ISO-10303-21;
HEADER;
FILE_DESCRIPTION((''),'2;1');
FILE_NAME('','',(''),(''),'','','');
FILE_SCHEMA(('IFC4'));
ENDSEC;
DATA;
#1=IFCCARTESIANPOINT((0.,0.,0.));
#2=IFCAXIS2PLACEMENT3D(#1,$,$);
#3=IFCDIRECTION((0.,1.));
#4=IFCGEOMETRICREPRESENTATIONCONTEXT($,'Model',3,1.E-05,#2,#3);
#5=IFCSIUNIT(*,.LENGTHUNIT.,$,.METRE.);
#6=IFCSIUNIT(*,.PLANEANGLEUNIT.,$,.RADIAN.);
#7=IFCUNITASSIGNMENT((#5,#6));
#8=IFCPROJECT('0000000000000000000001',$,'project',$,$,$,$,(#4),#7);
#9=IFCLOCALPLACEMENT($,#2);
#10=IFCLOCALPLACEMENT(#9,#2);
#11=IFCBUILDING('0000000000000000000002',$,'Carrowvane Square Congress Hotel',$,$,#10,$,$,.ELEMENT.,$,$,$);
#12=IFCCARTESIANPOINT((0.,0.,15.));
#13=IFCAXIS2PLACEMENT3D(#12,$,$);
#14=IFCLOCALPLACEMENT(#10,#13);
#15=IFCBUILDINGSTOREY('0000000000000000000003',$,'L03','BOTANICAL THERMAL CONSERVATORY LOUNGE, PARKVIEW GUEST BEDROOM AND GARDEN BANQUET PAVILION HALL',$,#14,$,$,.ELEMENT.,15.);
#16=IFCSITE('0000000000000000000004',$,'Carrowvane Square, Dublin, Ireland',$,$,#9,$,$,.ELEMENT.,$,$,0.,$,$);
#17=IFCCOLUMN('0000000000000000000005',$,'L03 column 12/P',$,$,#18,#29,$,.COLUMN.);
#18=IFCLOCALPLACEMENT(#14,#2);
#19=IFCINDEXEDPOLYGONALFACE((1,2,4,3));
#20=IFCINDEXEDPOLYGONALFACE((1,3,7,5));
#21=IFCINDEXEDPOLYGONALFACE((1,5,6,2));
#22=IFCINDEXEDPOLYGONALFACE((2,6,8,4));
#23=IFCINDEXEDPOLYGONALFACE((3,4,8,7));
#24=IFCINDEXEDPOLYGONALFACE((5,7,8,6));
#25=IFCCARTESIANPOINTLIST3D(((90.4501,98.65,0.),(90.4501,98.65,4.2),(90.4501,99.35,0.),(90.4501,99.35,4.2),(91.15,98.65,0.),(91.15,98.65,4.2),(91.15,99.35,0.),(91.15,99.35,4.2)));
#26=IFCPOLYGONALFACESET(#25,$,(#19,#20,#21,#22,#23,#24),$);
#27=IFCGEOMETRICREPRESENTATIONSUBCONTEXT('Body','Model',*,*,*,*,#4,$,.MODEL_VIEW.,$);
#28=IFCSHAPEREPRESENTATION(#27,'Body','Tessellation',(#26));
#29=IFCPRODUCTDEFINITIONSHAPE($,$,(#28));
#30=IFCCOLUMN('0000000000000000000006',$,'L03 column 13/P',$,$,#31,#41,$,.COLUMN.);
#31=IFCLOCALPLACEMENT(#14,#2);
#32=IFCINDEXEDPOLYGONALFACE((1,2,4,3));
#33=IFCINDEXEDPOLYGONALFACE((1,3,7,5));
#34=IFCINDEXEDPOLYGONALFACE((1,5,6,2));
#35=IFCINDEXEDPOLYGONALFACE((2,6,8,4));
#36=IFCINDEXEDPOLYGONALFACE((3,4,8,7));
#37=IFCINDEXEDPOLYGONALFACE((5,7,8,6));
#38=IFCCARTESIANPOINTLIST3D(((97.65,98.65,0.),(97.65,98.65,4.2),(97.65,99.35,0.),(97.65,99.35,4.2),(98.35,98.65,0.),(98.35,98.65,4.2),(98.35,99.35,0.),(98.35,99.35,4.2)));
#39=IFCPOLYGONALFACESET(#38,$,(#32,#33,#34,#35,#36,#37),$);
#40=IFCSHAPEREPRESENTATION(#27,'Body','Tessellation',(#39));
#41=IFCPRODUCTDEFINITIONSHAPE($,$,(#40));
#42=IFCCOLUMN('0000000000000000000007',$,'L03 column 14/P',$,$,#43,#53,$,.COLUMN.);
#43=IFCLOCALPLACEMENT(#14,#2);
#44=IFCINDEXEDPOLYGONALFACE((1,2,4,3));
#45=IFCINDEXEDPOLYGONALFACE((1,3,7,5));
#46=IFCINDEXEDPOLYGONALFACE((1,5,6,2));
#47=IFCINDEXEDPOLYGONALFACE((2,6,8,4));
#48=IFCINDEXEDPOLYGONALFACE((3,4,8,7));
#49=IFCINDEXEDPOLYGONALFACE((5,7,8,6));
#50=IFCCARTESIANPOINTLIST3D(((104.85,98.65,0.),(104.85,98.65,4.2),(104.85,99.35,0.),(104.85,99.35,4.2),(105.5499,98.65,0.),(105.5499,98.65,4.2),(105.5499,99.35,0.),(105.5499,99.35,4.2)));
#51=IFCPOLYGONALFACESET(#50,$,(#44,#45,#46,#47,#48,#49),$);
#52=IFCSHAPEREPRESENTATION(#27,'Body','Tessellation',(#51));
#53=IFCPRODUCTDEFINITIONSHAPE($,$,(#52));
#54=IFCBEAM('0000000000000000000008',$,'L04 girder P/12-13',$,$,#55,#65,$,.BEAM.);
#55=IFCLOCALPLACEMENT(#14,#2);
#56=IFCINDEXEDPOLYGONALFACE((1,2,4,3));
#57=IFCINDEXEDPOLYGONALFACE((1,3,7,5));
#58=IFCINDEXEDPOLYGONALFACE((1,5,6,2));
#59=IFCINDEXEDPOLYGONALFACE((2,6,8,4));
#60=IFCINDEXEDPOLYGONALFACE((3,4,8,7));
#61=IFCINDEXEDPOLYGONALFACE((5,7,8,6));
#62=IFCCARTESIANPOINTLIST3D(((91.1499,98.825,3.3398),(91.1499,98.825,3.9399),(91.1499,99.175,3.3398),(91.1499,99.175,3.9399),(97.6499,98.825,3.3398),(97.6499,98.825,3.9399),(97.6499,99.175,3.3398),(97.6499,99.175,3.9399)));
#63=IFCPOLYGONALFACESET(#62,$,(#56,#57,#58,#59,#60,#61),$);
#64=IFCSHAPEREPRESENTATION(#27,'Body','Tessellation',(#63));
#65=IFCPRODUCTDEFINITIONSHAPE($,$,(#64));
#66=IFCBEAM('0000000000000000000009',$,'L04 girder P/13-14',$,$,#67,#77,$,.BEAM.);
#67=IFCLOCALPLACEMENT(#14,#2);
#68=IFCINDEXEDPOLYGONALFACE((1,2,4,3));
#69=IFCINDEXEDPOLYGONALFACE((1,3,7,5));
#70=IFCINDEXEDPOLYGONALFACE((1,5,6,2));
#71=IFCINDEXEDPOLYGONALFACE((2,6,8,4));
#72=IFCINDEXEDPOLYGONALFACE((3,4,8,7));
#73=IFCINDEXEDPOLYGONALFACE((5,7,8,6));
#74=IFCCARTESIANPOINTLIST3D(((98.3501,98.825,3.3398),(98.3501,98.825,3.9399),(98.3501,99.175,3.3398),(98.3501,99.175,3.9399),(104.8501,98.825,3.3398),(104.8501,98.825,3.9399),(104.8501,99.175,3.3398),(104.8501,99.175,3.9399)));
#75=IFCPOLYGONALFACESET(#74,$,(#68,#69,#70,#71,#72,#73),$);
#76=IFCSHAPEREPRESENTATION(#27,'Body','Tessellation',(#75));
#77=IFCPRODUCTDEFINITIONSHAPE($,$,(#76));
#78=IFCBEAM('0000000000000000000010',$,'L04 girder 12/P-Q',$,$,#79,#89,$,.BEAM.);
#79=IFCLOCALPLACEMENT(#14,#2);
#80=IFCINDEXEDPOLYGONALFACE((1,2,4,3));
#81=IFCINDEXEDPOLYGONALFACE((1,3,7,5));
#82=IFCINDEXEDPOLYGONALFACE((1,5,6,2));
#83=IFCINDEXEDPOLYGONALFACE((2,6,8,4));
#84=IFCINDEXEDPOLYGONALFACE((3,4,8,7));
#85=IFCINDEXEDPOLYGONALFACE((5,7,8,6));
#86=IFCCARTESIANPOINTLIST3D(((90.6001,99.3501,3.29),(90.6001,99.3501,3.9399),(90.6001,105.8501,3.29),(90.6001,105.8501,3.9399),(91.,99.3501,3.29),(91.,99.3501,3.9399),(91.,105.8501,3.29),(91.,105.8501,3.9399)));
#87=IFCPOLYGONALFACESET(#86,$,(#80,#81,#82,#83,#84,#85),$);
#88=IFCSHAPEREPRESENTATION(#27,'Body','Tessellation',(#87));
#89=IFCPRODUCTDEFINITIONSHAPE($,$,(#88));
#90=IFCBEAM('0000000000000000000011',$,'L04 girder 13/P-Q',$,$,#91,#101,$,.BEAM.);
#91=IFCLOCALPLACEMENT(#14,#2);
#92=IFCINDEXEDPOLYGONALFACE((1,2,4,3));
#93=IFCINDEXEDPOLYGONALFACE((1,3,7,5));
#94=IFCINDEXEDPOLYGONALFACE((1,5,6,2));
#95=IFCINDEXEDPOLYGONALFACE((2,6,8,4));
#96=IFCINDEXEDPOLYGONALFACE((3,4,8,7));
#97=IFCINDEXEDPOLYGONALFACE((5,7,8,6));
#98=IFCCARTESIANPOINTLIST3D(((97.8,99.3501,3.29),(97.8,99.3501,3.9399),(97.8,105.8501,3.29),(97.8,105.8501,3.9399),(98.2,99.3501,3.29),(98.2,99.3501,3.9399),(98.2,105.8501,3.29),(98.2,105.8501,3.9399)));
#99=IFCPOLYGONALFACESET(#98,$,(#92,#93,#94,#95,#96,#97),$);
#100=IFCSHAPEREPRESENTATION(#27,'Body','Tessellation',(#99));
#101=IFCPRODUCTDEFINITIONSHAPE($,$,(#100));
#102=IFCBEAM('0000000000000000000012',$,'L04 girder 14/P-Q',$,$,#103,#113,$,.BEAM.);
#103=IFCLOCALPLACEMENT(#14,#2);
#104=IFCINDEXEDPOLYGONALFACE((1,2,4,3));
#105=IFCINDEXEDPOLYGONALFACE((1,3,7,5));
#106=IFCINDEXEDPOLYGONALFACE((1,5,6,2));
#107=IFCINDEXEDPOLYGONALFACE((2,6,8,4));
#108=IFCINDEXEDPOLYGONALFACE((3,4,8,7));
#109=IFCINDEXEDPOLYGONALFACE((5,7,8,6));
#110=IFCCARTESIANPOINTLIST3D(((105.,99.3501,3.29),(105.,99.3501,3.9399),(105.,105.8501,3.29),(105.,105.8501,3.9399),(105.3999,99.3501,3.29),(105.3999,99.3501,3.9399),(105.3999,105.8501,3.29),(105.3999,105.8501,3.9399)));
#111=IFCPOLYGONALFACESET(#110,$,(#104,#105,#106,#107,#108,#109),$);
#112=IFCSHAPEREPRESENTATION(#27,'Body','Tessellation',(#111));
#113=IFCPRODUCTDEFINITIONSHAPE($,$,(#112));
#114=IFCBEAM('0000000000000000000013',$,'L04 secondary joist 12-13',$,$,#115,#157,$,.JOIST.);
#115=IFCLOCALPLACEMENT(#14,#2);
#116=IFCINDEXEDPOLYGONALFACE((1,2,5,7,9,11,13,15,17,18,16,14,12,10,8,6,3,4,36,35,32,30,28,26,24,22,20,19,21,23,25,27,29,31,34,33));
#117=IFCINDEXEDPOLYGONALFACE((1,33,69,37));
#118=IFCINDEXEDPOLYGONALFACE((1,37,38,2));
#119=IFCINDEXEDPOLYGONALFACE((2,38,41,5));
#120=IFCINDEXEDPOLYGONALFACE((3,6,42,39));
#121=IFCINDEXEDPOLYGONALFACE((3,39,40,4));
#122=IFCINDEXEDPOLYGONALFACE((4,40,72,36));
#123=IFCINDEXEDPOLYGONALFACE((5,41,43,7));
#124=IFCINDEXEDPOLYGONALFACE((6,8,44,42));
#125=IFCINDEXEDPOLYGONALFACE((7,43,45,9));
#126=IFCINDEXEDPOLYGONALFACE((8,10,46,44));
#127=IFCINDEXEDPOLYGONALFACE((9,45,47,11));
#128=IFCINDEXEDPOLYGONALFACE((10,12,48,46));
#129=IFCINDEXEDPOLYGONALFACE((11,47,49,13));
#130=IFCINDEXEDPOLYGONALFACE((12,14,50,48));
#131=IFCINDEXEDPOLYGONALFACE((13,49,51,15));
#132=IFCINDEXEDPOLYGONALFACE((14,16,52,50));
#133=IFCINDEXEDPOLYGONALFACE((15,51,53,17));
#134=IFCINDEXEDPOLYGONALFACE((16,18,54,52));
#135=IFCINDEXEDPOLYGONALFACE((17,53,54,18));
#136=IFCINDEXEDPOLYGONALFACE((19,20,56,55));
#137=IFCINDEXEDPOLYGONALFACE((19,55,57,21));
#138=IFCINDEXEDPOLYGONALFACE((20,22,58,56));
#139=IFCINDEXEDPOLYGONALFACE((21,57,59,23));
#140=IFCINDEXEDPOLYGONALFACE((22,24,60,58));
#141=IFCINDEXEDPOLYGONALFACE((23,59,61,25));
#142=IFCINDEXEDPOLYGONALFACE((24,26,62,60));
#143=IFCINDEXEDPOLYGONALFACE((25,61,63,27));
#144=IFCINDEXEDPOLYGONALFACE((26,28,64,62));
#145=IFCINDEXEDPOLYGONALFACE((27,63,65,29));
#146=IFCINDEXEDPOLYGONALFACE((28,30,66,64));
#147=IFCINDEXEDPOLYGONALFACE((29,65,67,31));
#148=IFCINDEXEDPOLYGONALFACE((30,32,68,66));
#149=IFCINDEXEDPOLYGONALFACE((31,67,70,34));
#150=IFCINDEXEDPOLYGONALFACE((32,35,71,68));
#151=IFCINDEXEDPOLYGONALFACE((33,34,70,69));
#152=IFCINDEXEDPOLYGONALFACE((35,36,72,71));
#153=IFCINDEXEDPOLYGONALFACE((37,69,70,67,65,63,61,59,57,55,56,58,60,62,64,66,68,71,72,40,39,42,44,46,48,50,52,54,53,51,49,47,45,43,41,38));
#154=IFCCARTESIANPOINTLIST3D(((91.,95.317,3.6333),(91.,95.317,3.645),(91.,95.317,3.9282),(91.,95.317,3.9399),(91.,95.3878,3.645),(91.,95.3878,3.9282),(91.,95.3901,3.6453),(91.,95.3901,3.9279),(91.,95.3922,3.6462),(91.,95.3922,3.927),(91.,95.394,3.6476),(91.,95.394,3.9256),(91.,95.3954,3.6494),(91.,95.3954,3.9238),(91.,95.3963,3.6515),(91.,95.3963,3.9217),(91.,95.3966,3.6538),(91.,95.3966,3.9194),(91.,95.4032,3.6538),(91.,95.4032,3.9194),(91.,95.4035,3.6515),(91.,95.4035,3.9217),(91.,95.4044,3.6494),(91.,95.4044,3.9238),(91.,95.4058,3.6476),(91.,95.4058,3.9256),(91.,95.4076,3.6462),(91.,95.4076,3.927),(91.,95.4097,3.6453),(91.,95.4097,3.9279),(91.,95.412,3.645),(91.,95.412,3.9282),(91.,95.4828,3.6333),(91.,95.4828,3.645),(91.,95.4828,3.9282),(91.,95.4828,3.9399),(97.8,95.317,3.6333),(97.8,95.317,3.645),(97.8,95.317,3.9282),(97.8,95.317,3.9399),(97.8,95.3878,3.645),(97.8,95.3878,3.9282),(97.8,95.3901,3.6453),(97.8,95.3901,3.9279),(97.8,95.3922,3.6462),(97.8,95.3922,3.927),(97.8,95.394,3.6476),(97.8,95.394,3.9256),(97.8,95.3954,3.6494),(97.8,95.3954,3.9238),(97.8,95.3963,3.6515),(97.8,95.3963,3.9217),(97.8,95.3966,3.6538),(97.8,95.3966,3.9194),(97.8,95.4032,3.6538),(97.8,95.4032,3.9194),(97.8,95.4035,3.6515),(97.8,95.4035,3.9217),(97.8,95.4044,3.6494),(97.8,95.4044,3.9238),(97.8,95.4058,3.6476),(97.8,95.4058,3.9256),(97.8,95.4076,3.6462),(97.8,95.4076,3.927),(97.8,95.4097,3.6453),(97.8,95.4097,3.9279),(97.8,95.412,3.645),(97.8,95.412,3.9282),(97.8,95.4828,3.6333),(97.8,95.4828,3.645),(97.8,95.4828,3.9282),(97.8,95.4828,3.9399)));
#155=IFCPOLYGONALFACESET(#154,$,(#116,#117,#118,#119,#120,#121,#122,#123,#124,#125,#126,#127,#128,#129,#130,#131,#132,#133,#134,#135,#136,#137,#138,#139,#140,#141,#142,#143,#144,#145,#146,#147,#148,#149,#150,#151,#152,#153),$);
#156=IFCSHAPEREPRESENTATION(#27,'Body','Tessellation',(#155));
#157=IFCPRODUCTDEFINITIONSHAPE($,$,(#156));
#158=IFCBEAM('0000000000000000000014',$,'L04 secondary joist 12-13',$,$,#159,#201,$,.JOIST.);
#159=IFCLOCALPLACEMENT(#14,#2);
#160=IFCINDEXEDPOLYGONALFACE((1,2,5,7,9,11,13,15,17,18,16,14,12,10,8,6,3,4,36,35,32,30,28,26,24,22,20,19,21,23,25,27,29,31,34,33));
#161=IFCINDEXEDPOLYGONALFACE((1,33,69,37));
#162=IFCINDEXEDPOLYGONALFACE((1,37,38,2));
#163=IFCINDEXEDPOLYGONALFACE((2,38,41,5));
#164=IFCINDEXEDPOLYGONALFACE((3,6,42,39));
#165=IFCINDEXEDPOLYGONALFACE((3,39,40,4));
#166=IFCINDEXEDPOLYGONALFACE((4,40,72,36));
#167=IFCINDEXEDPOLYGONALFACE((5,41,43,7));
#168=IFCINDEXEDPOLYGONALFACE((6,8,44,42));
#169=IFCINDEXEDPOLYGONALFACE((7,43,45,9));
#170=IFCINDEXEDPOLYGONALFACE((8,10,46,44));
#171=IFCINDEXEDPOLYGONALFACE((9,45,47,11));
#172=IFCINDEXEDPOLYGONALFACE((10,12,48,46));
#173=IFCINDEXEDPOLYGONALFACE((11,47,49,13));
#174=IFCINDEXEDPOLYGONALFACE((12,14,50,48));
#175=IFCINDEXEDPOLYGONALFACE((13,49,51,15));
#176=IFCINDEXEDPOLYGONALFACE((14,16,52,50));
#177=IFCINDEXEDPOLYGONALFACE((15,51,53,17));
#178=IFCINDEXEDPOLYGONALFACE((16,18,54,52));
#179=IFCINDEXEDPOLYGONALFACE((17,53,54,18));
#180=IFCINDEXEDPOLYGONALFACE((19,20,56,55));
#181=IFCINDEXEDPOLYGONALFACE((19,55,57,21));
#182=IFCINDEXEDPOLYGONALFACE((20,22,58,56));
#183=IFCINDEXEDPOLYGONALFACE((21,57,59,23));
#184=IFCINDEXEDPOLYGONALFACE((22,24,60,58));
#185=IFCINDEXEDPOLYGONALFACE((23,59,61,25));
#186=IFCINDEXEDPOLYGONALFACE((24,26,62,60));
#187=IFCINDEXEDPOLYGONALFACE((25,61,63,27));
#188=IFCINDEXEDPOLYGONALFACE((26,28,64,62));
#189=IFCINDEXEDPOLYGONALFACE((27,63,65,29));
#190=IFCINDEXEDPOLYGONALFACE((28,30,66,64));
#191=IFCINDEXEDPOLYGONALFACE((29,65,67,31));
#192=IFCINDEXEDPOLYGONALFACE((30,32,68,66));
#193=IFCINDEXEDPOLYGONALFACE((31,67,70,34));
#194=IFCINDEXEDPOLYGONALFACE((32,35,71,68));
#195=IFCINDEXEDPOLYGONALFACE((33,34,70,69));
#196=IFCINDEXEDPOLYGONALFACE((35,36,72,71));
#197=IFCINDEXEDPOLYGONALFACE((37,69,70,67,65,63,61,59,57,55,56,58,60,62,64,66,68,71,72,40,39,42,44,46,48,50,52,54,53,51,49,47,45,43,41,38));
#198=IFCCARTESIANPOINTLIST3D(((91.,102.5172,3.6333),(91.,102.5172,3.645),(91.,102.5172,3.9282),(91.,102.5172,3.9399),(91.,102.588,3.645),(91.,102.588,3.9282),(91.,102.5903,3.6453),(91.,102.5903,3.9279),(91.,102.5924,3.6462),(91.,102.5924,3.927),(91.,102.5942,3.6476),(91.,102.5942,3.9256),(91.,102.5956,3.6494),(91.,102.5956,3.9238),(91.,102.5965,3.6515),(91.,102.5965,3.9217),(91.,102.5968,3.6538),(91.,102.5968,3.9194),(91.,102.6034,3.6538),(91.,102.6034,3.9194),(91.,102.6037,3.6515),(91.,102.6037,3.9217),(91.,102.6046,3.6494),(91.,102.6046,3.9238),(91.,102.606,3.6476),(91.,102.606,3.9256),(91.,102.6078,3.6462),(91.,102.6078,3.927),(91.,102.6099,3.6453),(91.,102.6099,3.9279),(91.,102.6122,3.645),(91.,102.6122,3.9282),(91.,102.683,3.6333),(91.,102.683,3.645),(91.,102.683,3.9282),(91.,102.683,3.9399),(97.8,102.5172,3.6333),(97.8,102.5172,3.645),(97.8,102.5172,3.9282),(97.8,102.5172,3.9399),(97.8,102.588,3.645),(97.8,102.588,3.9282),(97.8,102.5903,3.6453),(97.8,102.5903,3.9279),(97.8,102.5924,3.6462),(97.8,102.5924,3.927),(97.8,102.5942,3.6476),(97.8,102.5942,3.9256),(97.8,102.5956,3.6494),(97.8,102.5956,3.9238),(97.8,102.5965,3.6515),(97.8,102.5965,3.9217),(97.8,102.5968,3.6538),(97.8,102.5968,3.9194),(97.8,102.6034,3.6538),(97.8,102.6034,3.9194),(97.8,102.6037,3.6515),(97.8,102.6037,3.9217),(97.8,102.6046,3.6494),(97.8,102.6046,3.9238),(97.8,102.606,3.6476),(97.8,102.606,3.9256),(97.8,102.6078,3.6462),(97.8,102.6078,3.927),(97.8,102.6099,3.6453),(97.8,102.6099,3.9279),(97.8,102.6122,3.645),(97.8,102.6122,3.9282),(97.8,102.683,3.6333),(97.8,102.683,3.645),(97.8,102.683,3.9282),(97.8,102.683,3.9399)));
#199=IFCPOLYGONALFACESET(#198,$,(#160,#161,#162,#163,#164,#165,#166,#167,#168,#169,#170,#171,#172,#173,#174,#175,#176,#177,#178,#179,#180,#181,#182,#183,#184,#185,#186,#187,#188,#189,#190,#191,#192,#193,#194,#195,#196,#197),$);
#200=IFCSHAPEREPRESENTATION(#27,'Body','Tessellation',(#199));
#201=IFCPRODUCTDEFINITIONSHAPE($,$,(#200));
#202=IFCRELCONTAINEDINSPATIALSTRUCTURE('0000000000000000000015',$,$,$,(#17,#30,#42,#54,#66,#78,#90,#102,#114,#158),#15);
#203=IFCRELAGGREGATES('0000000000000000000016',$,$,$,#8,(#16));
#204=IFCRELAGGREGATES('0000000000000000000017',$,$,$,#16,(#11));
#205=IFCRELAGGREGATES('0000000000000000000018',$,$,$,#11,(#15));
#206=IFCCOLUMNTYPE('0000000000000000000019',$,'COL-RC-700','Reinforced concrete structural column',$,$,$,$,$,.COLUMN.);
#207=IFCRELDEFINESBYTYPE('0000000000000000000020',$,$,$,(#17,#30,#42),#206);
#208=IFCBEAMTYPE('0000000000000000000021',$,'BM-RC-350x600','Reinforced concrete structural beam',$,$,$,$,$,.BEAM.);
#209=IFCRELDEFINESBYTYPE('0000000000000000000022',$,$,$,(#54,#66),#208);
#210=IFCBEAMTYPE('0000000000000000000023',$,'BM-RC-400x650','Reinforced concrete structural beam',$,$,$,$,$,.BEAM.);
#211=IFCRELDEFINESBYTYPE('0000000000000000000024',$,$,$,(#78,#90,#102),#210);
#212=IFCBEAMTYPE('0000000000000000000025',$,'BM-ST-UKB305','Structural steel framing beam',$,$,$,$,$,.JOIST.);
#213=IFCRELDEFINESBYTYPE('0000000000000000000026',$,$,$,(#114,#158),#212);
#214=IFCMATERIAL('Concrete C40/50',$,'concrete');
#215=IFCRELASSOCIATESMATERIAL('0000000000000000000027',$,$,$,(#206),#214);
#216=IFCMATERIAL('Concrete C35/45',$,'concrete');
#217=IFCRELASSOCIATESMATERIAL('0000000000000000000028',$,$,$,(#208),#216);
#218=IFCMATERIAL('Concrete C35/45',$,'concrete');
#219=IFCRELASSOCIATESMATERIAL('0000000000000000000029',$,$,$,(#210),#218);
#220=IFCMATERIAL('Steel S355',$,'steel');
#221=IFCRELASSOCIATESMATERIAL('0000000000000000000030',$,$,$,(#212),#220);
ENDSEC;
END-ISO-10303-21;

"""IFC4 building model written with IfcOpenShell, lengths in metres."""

from ifc_helpers import new_model, si_unit, direction, frame, origin, origin_2d, place, context, subcontext, project, spatial, rectangle, i_section, extrude, material, material_profile, profile_set, type_object, element, save


model = new_model("IFC4")

# Units and contexts
model_context = context("Model", 3, precision=1e-05, world=origin(), true_north=direction((0.0, 1.0)))
body_context = subcontext(model_context, "Body", "Model", "MODEL_VIEW")
ifc_project = project(units=[si_unit("LENGTHUNIT", "METRE"), si_unit("PLANEANGLEUNIT", "RADIAN")], contexts=[model_context])

# Site, building, storey
site_placement = place(None, origin())
site = spatial("IfcSite", under=ifc_project, at=site_placement, Name="Carrowvane Square, Dublin, Ireland", CompositionType="ELEMENT", RefElevation=0.0)
building_placement = place(site_placement, origin())
building = spatial("IfcBuilding", under=site, at=building_placement, Name="Carrowvane Square Congress Hotel", CompositionType="ELEMENT")
storey_placement = place(building_placement, frame((0.0, 0.0, 15.0)))
storey = spatial("IfcBuildingStorey", under=building, at=storey_placement, Name="L03", Description="BOTANICAL THERMAL CONSERVATORY LOUNGE, PARKVIEW GUEST BEDROOM AND GARDEN BANQUET PAVILION HALL", CompositionType="ELEMENT", Elevation=15.0)

# Columns
ifc_material_1 = material(Name="Concrete C40/50", Category="concrete")
ifc_material_profile_1 = material_profile(ifc_material_1, rectangle(XDim=0.7, YDim=0.7, at=origin_2d()), Name="RC 700x700")
ifc_profile_set_1 = profile_set([ifc_material_profile_1], Name="Concrete C40/50")
column_type = type_object("IfcColumnType", Name="COL-RC-700", Description="Reinforced concrete structural column", PredefinedType="COLUMN", material=ifc_profile_set_1)
for number, where, z_axis, x_axis, name in (
    (1, (90.8, 99.0, 0.0), (0.0, 0.0, 1.0), (1.0, 0.0, 0.0), "L03 column 12/P"),
    (2, (98.0, 99.0, 0.0), (0.0, 0.0, 1.0), (1.0, 0.0, 0.0), "L03 column 13/P"),
    (3, (105.2, 99.0, 0.0), (0.0, 0.0, 1.0), (1.0, 0.0, 0.0), "L03 column 14/P"),
):
    element("IfcColumn", number, at=place(storey_placement, frame(where, z_axis=z_axis, x_axis=x_axis)), inside=storey, type_object=column_type, Name=name, PredefinedType="COLUMN", context=body_context, shape_type="SweptSolid", body=[
        extrude(rectangle(XDim=0.7, YDim=0.7, at=origin_2d()), origin(), (0.0, 0.0, 1.0), 4.2),
    ])

# Beams
ifc_material_2 = material(Name="Concrete C35/45", Category="concrete")
ifc_material_profile_2 = material_profile(ifc_material_2, rectangle(XDim=0.3501, YDim=0.6001, at=origin_2d()), Name="RC 350x600")
ifc_profile_set_2 = profile_set([ifc_material_profile_2], Name="Concrete C35/45")
beam_type_1 = type_object("IfcBeamType", Name="BM-RC-350x600", Description="Reinforced concrete structural beam", PredefinedType="BEAM", material=ifc_profile_set_2)
for number, where, z_axis, x_axis, name in (
    (4, (91.1499, 99.0, 3.6399), (1.0, 0.0, 0.0), (0.0, 1.0, 0.0), "L04 girder P/12-13"),
    (5, (98.3501, 99.0, 3.6399), (1.0, 0.0, 0.0), (0.0, 1.0, 0.0), "L04 girder P/13-14"),
):
    element("IfcBeam", number, at=place(storey_placement, frame(where, z_axis=z_axis, x_axis=x_axis)), inside=storey, type_object=beam_type_1, Name=name, PredefinedType="BEAM", context=body_context, shape_type="SweptSolid", body=[
        extrude(rectangle(XDim=0.3501, YDim=0.6001, at=origin_2d()), origin(), (0.0, 0.0, 1.0), 6.5),
    ])
ifc_material_3 = material(Name="Concrete C35/45", Category="concrete")
ifc_material_profile_3 = material_profile(ifc_material_3, rectangle(XDim=0.3999, YDim=0.6499, at=origin_2d()), Name="RC 400x650")
ifc_profile_set_3 = profile_set([ifc_material_profile_3], Name="Concrete C35/45")
beam_type_2 = type_object("IfcBeamType", Name="BM-RC-400x650", Description="Reinforced concrete structural beam", PredefinedType="BEAM", material=ifc_profile_set_3)
for number, where, z_axis, x_axis, name in (
    (6, (90.8, 99.3501, 3.615), (0.0, 1.0, 0.0), (-1.0, 0.0, 0.0), "L04 girder 12/P-Q"),
    (7, (98.0, 99.3501, 3.615), (0.0, 1.0, 0.0), (-1.0, 0.0, 0.0), "L04 girder 13/P-Q"),
    (8, (105.2, 99.3501, 3.615), (0.0, 1.0, 0.0), (-1.0, 0.0, 0.0), "L04 girder 14/P-Q"),
):
    element("IfcBeam", number, at=place(storey_placement, frame(where, z_axis=z_axis, x_axis=x_axis)), inside=storey, type_object=beam_type_2, Name=name, PredefinedType="BEAM", context=body_context, shape_type="SweptSolid", body=[
        extrude(rectangle(XDim=0.3999, YDim=0.6499, at=origin_2d()), origin(), (0.0, 0.0, 1.0), 6.5),
    ])
ifc_material_4 = material(Name="Steel S355", Category="steel")
ifc_material_profile_4 = material_profile(ifc_material_4, i_section(OverallWidth=0.1658, OverallDepth=0.3066, WebThickness=0.0066, FlangeThickness=0.0117, FilletRadius=0.0088, at=origin_2d()), Name="UKB 305x165x46")
ifc_profile_set_4 = profile_set([ifc_material_profile_4], Name="Steel S355")
beam_type_3 = type_object("IfcBeamType", Name="BM-ST-UKB305", Description="Structural steel framing beam", PredefinedType="JOIST", material=ifc_profile_set_4)
for number, where, z_axis, x_axis, name in (
    (9, (91.0, 95.3999, 3.7866), (1.0, 0.0, 0.0), (0.0, 1.0, 0.0), "L04 secondary joist 12-13"),
    (10, (91.0, 102.6001, 3.7866), (1.0, 0.0, 0.0), (0.0, 1.0, 0.0), "L04 secondary joist 12-13"),
):
    element("IfcBeam", number, at=place(storey_placement, frame(where, z_axis=z_axis, x_axis=x_axis)), inside=storey, type_object=beam_type_3, Name=name, PredefinedType="JOIST", context=body_context, shape_type="SweptSolid", body=[
        extrude(i_section(OverallWidth=0.1658, OverallDepth=0.3066, WebThickness=0.0066, FlangeThickness=0.0117, FilletRadius=0.0088, at=origin_2d()), origin(), (0.0, 0.0, 1.0), 6.8),
    ])

save(model, "model.ifc")
